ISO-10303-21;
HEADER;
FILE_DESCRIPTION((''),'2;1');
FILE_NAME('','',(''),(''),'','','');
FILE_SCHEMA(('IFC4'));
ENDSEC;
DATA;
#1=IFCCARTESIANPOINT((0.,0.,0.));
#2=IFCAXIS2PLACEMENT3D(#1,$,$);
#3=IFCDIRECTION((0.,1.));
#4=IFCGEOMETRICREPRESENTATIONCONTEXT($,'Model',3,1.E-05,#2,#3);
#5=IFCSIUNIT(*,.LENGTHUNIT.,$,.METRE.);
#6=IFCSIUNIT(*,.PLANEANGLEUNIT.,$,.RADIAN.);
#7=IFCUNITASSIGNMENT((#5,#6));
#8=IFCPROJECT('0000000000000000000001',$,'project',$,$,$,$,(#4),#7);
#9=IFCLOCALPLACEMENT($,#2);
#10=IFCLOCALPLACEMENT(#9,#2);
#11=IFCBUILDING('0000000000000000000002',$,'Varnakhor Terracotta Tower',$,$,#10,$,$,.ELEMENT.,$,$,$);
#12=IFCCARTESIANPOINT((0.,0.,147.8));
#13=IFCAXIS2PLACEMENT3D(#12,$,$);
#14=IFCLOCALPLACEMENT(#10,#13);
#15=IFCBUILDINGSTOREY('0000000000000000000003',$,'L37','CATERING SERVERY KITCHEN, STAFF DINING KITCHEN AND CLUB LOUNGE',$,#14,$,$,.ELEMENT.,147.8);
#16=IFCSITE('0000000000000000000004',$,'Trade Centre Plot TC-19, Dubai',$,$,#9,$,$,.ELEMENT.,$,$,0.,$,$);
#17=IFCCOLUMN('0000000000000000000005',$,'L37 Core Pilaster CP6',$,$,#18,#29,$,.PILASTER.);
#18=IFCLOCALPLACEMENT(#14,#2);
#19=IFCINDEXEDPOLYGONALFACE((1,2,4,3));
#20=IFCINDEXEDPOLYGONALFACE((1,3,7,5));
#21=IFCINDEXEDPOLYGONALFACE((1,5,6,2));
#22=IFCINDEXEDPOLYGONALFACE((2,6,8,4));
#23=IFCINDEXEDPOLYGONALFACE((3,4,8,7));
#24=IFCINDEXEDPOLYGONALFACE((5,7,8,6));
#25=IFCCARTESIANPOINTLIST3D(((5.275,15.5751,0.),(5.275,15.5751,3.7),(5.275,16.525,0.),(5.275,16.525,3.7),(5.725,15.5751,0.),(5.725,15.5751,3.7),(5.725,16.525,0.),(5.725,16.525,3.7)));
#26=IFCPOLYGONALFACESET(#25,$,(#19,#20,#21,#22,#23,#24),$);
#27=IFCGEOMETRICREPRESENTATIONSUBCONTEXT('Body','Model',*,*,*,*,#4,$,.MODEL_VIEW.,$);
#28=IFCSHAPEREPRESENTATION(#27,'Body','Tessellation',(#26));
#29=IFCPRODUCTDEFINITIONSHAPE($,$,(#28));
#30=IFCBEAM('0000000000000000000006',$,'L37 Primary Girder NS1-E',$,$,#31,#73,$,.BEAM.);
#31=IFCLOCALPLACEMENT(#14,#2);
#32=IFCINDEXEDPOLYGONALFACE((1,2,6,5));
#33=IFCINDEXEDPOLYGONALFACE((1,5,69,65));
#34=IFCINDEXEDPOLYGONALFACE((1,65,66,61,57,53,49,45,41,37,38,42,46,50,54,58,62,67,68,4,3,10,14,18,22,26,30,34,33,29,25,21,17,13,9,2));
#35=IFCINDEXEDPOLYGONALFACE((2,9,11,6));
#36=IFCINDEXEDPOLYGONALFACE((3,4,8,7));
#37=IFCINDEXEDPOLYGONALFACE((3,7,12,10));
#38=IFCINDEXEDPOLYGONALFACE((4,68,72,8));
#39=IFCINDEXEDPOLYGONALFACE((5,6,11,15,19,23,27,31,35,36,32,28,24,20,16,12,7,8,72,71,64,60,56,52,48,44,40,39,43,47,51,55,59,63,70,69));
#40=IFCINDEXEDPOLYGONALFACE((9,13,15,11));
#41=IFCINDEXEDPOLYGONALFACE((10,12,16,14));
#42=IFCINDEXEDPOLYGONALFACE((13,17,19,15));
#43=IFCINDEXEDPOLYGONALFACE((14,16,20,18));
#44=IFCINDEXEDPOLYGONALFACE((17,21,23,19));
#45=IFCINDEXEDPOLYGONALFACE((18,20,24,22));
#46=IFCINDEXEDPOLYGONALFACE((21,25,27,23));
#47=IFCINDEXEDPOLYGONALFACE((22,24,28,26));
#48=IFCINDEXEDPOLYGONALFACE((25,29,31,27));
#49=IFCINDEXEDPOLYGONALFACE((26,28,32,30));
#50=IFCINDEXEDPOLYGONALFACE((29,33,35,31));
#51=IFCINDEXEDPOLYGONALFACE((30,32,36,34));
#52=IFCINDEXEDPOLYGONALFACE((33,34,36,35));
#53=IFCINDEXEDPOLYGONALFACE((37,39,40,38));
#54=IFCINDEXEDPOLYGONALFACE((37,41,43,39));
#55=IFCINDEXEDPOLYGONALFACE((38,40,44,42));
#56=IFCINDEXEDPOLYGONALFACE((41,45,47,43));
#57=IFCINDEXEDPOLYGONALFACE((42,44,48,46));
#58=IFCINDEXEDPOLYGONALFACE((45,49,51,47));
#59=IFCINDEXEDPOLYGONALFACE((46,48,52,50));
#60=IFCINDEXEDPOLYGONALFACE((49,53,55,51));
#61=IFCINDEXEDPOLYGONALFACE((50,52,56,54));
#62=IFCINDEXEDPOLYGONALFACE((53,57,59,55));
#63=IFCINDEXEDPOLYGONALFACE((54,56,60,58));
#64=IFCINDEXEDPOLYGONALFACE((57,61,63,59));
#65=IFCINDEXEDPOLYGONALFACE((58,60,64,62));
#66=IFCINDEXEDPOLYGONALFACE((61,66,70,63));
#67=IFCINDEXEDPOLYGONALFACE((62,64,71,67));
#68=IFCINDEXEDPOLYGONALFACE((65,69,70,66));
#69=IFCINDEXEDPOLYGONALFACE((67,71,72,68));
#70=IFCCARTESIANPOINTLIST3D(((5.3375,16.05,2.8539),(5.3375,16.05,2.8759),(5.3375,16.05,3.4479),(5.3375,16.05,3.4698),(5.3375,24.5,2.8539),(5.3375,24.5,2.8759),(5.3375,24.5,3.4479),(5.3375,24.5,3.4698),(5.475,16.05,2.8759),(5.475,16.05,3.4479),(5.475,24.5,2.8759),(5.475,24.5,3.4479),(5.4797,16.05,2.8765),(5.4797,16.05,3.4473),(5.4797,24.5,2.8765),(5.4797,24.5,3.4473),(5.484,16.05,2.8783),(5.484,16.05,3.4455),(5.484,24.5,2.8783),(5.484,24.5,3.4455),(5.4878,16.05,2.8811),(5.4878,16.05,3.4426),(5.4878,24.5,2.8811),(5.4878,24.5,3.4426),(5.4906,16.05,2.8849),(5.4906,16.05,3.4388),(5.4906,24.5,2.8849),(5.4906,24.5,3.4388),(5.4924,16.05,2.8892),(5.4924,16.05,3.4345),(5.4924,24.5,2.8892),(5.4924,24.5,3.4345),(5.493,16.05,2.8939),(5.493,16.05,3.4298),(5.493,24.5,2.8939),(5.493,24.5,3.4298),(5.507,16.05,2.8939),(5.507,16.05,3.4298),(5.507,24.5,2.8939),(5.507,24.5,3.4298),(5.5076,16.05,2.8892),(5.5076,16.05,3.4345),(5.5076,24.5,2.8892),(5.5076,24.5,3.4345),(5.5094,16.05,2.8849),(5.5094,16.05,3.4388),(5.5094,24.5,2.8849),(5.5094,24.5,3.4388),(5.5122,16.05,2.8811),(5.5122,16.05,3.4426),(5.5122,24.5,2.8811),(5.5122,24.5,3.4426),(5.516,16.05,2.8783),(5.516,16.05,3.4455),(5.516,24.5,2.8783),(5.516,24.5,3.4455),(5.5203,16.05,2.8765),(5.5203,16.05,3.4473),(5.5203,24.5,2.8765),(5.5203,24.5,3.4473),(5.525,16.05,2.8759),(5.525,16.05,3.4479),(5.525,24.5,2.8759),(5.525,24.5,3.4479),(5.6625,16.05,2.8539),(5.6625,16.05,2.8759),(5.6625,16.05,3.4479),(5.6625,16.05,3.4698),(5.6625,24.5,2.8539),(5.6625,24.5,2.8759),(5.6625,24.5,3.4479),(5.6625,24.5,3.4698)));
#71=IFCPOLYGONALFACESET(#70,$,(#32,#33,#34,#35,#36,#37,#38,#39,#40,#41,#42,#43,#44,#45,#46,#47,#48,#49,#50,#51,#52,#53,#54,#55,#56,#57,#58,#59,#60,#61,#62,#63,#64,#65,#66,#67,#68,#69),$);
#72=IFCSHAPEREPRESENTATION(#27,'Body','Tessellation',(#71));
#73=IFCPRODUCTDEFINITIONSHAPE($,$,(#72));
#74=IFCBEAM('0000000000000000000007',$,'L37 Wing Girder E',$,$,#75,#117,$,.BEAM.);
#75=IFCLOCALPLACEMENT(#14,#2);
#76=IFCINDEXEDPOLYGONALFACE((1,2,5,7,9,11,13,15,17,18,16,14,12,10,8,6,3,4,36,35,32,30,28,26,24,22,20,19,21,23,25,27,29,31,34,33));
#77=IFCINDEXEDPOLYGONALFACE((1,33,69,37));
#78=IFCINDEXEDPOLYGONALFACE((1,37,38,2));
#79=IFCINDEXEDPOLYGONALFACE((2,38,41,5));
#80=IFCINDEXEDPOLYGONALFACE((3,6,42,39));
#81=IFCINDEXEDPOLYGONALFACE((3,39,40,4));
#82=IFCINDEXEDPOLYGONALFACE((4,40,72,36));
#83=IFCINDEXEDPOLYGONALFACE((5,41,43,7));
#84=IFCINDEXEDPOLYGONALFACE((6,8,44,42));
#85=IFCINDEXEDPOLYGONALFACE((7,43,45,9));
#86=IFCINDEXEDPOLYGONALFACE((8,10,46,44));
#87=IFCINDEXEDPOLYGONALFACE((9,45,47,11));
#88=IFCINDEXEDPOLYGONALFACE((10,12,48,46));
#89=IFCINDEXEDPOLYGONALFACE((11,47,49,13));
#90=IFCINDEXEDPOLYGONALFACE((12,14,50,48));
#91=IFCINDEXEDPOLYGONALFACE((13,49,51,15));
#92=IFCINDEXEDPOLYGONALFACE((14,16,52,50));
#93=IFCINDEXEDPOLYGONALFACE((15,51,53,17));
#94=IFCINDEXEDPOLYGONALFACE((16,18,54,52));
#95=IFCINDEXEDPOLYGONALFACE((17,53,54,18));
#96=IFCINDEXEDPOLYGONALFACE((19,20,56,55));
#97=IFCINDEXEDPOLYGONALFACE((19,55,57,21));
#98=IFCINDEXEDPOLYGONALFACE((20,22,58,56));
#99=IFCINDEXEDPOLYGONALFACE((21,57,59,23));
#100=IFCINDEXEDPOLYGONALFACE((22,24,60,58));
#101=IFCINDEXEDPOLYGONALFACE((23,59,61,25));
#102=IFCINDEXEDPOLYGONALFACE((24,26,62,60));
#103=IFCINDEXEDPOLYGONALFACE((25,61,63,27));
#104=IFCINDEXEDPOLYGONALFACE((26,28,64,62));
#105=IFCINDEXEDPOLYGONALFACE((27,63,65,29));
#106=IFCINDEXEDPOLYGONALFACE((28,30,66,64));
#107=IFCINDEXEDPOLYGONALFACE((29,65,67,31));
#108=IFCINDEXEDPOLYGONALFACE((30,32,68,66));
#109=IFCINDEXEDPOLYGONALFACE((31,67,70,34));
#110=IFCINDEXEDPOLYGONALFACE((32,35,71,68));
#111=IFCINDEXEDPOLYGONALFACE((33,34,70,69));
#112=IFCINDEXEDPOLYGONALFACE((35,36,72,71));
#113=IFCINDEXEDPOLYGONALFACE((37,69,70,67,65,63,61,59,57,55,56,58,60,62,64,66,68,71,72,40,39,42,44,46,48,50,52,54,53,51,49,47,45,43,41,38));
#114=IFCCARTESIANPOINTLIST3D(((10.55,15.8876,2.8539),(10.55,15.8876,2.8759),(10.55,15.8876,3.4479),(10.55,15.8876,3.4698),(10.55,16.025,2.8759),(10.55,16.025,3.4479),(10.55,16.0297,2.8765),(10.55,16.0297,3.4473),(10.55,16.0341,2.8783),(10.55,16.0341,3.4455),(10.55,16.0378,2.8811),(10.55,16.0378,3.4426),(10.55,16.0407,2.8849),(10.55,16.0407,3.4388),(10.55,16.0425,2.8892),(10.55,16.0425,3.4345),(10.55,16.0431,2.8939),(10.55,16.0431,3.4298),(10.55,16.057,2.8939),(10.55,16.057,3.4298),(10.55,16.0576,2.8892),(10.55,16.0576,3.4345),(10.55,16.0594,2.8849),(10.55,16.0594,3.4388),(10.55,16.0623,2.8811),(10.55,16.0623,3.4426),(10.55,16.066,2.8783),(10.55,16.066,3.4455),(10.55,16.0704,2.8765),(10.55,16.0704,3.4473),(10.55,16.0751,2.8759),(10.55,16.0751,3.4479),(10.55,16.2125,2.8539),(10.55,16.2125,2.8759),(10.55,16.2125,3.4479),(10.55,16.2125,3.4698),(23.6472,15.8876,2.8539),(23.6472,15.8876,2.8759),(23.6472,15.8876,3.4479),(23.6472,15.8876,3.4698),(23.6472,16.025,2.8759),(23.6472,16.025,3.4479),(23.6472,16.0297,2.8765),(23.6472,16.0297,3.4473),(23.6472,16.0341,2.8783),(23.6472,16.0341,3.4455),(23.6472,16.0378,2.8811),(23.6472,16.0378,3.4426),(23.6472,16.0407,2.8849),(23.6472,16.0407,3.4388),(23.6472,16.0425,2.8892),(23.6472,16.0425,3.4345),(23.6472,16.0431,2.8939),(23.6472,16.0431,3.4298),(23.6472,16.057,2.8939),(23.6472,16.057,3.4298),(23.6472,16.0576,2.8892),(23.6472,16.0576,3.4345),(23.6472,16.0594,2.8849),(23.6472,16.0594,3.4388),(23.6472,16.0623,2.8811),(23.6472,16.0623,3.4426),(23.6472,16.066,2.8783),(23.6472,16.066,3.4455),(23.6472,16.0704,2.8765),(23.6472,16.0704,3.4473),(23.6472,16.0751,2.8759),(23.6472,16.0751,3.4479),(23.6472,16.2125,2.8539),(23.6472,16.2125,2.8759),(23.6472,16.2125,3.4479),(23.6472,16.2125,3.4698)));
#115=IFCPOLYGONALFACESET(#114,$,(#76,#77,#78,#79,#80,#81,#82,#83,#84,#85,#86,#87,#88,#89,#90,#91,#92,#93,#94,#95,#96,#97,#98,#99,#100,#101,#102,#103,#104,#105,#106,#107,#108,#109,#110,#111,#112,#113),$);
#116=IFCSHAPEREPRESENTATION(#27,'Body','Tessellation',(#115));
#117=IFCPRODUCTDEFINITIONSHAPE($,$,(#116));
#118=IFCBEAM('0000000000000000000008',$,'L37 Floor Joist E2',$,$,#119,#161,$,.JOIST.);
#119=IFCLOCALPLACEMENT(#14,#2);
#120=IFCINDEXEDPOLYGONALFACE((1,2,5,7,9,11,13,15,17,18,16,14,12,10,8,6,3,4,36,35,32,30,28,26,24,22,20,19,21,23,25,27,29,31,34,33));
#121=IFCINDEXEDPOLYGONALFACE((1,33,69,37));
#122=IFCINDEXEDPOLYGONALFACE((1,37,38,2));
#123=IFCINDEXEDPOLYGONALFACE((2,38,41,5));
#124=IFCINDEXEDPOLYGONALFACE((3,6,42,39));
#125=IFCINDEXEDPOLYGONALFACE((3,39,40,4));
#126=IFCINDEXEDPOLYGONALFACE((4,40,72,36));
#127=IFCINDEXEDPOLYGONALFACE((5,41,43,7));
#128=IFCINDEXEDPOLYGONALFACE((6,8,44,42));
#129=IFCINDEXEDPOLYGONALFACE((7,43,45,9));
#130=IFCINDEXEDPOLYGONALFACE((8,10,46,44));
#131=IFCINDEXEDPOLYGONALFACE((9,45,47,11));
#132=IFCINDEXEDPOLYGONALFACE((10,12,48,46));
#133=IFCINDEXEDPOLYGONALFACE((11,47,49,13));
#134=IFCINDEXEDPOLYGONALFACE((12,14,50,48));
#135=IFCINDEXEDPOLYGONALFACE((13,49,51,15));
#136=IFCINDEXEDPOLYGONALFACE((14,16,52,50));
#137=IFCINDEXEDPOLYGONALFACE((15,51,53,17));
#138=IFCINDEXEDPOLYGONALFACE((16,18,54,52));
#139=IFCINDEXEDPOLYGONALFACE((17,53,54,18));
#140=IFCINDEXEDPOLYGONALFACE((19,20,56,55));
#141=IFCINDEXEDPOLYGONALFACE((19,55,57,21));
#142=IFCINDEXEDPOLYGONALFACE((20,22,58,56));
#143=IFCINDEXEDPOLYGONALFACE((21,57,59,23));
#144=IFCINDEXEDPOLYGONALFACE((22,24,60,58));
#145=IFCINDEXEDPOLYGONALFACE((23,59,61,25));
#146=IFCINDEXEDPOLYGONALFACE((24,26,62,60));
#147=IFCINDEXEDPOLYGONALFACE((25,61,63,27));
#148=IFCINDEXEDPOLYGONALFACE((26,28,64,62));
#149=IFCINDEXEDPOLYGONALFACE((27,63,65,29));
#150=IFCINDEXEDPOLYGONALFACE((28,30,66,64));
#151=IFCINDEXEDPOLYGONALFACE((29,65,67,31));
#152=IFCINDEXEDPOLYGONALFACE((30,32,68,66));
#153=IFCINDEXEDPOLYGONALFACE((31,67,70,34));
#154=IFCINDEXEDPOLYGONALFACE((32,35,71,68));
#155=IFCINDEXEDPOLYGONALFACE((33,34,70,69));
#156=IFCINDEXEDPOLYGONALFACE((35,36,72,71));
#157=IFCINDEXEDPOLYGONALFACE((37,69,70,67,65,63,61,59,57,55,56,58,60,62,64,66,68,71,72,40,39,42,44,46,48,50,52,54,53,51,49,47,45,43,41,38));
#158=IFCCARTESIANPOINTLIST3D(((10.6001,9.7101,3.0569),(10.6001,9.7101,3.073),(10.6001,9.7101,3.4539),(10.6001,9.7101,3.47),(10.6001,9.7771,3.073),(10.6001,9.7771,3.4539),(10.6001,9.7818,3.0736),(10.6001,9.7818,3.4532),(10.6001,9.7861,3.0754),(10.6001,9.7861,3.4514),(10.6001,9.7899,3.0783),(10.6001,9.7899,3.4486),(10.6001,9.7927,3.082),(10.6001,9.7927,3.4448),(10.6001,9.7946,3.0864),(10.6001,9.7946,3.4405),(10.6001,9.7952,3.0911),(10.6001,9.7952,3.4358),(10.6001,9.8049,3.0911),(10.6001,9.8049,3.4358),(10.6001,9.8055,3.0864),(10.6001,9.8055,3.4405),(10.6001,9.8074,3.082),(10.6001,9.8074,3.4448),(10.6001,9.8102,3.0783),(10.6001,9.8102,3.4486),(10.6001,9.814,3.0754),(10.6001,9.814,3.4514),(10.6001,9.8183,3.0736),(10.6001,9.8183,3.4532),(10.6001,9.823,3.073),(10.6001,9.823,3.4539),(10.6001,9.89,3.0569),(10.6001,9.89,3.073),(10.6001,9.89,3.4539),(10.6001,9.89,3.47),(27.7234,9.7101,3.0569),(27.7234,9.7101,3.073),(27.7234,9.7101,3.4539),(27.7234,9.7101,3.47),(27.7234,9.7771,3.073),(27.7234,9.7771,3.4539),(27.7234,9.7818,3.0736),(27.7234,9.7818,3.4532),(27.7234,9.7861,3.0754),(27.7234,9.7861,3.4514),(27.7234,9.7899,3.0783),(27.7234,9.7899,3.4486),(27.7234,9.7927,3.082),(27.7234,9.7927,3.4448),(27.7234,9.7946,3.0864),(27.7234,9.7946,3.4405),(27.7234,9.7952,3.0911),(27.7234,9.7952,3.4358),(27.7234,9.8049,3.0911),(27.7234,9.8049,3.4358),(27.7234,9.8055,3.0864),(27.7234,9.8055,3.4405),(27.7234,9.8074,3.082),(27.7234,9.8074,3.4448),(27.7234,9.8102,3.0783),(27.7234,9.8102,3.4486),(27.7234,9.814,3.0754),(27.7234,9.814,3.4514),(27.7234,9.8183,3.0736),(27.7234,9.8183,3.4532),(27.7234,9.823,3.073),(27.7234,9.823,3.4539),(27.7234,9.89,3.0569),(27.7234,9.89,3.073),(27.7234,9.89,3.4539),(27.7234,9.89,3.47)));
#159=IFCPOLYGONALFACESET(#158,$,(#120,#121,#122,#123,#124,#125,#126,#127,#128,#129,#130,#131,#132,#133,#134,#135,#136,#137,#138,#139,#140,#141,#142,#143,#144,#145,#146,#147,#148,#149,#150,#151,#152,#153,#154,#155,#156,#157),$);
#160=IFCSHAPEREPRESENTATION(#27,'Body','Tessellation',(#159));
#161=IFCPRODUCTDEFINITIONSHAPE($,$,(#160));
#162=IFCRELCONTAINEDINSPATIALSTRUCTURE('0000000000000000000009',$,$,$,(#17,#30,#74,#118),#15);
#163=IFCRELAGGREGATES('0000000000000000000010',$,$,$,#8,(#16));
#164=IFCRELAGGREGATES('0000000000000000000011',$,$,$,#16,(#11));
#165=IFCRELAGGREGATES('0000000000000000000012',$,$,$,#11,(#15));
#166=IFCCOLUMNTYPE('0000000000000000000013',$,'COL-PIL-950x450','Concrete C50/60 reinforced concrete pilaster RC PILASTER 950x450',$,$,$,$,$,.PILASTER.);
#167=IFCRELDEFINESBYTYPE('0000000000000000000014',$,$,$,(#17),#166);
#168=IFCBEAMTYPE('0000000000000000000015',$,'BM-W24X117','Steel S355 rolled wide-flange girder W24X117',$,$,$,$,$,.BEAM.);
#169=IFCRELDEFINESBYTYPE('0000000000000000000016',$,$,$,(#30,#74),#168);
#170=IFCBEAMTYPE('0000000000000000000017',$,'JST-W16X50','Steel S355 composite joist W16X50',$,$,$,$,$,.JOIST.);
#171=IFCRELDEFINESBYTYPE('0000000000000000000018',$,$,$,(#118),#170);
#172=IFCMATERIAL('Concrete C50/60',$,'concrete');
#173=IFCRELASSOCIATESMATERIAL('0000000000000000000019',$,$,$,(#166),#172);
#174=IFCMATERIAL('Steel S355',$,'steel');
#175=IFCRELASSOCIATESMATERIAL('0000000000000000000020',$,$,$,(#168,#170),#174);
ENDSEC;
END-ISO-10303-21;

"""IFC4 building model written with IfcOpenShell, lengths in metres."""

from ifc_helpers import new_model, si_unit, direction, frame, origin, origin_2d, place, context, subcontext, project, spatial, rectangle, i_section, extrude, source, transform, mapped, material, material_profile, profile_set, type_object, type_shapes, element, save


model = new_model("IFC4")

# Units and contexts
model_context = context("Model", 3, precision=1e-05, world=origin(), true_north=direction((0.0, 1.0)))
body_context = subcontext(model_context, "Body", "Model", "MODEL_VIEW")
ifc_project = project(units=[si_unit("LENGTHUNIT", "METRE"), si_unit("PLANEANGLEUNIT", "RADIAN")], contexts=[model_context])

# Site, building, storey
site_placement = place(None, origin())
site = spatial("IfcSite", under=ifc_project, at=site_placement, Name="Trade Centre Plot TC-19, Dubai", CompositionType="ELEMENT", RefElevation=0.0)
building_placement = place(site_placement, origin())
building = spatial("IfcBuilding", under=site, at=building_placement, Name="Varnakhor Terracotta Tower", CompositionType="ELEMENT")
storey_placement = place(building_placement, frame((0.0, 0.0, 147.8)))
storey = spatial("IfcBuildingStorey", under=building, at=storey_placement, Name="L37", Description="CATERING SERVERY KITCHEN, STAFF DINING KITCHEN AND CLUB LOUNGE", CompositionType="ELEMENT", Elevation=147.8)

# Column
ifc_material_1 = material(Name="Concrete C50/60", Category="concrete")
ifc_material_profile_1 = material_profile(ifc_material_1, rectangle(XDim=0.45, YDim=0.95, at=origin_2d()), Name="RC PILASTER 950x450")
ifc_profile_set_1 = profile_set([ifc_material_profile_1], Name="Concrete C50/60")
column_type = type_object("IfcColumnType", Name="COL-PIL-950x450", Description="Concrete C50/60 reinforced concrete pilaster RC PILASTER 950x450", PredefinedType="PILASTER", material=ifc_profile_set_1)
shared_shape_1 = source(origin(), body_context, "Body", "SweptSolid", [
    extrude(rectangle(XDim=0.45, YDim=0.95, at=origin_2d()), origin(), (0.0, 0.0, 1.0), 3.7),
])
column_placement = place(storey_placement, frame((5.5, 16.05, 0.0), z_axis=(0.0, 0.0, 1.0), x_axis=(1.0, 0.0, 0.0)))
element("IfcColumn", 1, at=column_placement, inside=storey, type_object=column_type, Name="L37 Core Pilaster CP6", PredefinedType="PILASTER", context=body_context, shape_type="MappedRepresentation", body=[
    mapped(shared_shape_1, transform((0.0, 0.0, 0.0), scale=1.0)),
])

# Beams
ifc_material_2 = material(Name="Steel S355", Category="steel")
ifc_material_profile_2 = material_profile(ifc_material_2, i_section(OverallWidth=0.325, OverallDepth=0.616, WebThickness=0.0139, FlangeThickness=0.022, FilletRadius=0.0181, at=origin_2d()), Name="W24X117")
ifc_profile_set_2 = profile_set([ifc_material_profile_2], Name="Steel S355")
beam_type_1 = type_object("IfcBeamType", Name="BM-W24X117", Description="Steel S355 rolled wide-flange girder W24X117", PredefinedType="BEAM", material=ifc_profile_set_2)
shared_shape_2 = source(origin(), body_context, "Body", "SweptSolid", [
    extrude(i_section(OverallWidth=0.325, OverallDepth=0.616, WebThickness=0.0139, FlangeThickness=0.022, FilletRadius=0.0181, at=origin_2d()), origin(), (0.0, 0.0, 1.0), 8.45),
])
type_shapes(beam_type_1, [shared_shape_2])
beam_1_placement = place(storey_placement, frame((5.5, 16.05, 3.1619), z_axis=(0.0, 1.0, 0.0), x_axis=(-1.0, 0.0, 0.0)))
element("IfcBeam", 2, at=beam_1_placement, inside=storey, type_object=beam_type_1, Name="L37 Primary Girder NS1-E", PredefinedType="BEAM", context=body_context, shape_type="MappedRepresentation", body=[
    mapped(shared_shape_2, transform((0.0, 0.0, 0.0), scale=1.0)),
])
shared_shape_3 = source(origin(), body_context, "Body", "SweptSolid", [
    extrude(i_section(OverallWidth=0.325, OverallDepth=0.616, WebThickness=0.0139, FlangeThickness=0.022, FilletRadius=0.0181, at=origin_2d()), origin(), (0.0, 0.0, 1.0), 13.0972),
])
beam_2_placement = place(storey_placement, frame((10.55, 16.05, 3.1619), z_axis=(1.0, 0.0, 0.0), x_axis=(0.0, 1.0, 0.0)))
element("IfcBeam", 3, at=beam_2_placement, inside=storey, type_object=beam_type_1, Name="L37 Wing Girder E", PredefinedType="BEAM", context=body_context, shape_type="MappedRepresentation", body=[
    mapped(shared_shape_3, transform((0.0, 0.0, 0.0), scale=1.0)),
])
ifc_material_profile_3 = material_profile(ifc_material_2, i_section(OverallWidth=0.1799, OverallDepth=0.4131, WebThickness=0.0098, FlangeThickness=0.0161, FilletRadius=0.0181, at=origin_2d()), Name="W16X50")
ifc_profile_set_3 = profile_set([ifc_material_profile_3], Name="Steel S355")
beam_type_2 = type_object("IfcBeamType", Name="JST-W16X50", Description="Steel S355 composite joist W16X50", PredefinedType="JOIST", material=ifc_profile_set_3)
shared_shape_4 = source(origin(), body_context, "Body", "SweptSolid", [
    extrude(i_section(OverallWidth=0.1799, OverallDepth=0.4131, WebThickness=0.0098, FlangeThickness=0.0161, FilletRadius=0.0181, at=origin_2d()), origin(), (0.0, 0.0, 1.0), 17.1233),
])
beam_3_placement = place(storey_placement, frame((10.6001, 9.8, 3.2634), z_axis=(1.0, 0.0, 0.0), x_axis=(0.0, 1.0, 0.0)))
element("IfcBeam", 4, at=beam_3_placement, inside=storey, type_object=beam_type_2, Name="L37 Floor Joist E2", PredefinedType="JOIST", context=body_context, shape_type="MappedRepresentation", body=[
    mapped(shared_shape_4, transform((0.0, 0.0, 0.0), scale=1.0)),
])

save(model, "model.ifc")
